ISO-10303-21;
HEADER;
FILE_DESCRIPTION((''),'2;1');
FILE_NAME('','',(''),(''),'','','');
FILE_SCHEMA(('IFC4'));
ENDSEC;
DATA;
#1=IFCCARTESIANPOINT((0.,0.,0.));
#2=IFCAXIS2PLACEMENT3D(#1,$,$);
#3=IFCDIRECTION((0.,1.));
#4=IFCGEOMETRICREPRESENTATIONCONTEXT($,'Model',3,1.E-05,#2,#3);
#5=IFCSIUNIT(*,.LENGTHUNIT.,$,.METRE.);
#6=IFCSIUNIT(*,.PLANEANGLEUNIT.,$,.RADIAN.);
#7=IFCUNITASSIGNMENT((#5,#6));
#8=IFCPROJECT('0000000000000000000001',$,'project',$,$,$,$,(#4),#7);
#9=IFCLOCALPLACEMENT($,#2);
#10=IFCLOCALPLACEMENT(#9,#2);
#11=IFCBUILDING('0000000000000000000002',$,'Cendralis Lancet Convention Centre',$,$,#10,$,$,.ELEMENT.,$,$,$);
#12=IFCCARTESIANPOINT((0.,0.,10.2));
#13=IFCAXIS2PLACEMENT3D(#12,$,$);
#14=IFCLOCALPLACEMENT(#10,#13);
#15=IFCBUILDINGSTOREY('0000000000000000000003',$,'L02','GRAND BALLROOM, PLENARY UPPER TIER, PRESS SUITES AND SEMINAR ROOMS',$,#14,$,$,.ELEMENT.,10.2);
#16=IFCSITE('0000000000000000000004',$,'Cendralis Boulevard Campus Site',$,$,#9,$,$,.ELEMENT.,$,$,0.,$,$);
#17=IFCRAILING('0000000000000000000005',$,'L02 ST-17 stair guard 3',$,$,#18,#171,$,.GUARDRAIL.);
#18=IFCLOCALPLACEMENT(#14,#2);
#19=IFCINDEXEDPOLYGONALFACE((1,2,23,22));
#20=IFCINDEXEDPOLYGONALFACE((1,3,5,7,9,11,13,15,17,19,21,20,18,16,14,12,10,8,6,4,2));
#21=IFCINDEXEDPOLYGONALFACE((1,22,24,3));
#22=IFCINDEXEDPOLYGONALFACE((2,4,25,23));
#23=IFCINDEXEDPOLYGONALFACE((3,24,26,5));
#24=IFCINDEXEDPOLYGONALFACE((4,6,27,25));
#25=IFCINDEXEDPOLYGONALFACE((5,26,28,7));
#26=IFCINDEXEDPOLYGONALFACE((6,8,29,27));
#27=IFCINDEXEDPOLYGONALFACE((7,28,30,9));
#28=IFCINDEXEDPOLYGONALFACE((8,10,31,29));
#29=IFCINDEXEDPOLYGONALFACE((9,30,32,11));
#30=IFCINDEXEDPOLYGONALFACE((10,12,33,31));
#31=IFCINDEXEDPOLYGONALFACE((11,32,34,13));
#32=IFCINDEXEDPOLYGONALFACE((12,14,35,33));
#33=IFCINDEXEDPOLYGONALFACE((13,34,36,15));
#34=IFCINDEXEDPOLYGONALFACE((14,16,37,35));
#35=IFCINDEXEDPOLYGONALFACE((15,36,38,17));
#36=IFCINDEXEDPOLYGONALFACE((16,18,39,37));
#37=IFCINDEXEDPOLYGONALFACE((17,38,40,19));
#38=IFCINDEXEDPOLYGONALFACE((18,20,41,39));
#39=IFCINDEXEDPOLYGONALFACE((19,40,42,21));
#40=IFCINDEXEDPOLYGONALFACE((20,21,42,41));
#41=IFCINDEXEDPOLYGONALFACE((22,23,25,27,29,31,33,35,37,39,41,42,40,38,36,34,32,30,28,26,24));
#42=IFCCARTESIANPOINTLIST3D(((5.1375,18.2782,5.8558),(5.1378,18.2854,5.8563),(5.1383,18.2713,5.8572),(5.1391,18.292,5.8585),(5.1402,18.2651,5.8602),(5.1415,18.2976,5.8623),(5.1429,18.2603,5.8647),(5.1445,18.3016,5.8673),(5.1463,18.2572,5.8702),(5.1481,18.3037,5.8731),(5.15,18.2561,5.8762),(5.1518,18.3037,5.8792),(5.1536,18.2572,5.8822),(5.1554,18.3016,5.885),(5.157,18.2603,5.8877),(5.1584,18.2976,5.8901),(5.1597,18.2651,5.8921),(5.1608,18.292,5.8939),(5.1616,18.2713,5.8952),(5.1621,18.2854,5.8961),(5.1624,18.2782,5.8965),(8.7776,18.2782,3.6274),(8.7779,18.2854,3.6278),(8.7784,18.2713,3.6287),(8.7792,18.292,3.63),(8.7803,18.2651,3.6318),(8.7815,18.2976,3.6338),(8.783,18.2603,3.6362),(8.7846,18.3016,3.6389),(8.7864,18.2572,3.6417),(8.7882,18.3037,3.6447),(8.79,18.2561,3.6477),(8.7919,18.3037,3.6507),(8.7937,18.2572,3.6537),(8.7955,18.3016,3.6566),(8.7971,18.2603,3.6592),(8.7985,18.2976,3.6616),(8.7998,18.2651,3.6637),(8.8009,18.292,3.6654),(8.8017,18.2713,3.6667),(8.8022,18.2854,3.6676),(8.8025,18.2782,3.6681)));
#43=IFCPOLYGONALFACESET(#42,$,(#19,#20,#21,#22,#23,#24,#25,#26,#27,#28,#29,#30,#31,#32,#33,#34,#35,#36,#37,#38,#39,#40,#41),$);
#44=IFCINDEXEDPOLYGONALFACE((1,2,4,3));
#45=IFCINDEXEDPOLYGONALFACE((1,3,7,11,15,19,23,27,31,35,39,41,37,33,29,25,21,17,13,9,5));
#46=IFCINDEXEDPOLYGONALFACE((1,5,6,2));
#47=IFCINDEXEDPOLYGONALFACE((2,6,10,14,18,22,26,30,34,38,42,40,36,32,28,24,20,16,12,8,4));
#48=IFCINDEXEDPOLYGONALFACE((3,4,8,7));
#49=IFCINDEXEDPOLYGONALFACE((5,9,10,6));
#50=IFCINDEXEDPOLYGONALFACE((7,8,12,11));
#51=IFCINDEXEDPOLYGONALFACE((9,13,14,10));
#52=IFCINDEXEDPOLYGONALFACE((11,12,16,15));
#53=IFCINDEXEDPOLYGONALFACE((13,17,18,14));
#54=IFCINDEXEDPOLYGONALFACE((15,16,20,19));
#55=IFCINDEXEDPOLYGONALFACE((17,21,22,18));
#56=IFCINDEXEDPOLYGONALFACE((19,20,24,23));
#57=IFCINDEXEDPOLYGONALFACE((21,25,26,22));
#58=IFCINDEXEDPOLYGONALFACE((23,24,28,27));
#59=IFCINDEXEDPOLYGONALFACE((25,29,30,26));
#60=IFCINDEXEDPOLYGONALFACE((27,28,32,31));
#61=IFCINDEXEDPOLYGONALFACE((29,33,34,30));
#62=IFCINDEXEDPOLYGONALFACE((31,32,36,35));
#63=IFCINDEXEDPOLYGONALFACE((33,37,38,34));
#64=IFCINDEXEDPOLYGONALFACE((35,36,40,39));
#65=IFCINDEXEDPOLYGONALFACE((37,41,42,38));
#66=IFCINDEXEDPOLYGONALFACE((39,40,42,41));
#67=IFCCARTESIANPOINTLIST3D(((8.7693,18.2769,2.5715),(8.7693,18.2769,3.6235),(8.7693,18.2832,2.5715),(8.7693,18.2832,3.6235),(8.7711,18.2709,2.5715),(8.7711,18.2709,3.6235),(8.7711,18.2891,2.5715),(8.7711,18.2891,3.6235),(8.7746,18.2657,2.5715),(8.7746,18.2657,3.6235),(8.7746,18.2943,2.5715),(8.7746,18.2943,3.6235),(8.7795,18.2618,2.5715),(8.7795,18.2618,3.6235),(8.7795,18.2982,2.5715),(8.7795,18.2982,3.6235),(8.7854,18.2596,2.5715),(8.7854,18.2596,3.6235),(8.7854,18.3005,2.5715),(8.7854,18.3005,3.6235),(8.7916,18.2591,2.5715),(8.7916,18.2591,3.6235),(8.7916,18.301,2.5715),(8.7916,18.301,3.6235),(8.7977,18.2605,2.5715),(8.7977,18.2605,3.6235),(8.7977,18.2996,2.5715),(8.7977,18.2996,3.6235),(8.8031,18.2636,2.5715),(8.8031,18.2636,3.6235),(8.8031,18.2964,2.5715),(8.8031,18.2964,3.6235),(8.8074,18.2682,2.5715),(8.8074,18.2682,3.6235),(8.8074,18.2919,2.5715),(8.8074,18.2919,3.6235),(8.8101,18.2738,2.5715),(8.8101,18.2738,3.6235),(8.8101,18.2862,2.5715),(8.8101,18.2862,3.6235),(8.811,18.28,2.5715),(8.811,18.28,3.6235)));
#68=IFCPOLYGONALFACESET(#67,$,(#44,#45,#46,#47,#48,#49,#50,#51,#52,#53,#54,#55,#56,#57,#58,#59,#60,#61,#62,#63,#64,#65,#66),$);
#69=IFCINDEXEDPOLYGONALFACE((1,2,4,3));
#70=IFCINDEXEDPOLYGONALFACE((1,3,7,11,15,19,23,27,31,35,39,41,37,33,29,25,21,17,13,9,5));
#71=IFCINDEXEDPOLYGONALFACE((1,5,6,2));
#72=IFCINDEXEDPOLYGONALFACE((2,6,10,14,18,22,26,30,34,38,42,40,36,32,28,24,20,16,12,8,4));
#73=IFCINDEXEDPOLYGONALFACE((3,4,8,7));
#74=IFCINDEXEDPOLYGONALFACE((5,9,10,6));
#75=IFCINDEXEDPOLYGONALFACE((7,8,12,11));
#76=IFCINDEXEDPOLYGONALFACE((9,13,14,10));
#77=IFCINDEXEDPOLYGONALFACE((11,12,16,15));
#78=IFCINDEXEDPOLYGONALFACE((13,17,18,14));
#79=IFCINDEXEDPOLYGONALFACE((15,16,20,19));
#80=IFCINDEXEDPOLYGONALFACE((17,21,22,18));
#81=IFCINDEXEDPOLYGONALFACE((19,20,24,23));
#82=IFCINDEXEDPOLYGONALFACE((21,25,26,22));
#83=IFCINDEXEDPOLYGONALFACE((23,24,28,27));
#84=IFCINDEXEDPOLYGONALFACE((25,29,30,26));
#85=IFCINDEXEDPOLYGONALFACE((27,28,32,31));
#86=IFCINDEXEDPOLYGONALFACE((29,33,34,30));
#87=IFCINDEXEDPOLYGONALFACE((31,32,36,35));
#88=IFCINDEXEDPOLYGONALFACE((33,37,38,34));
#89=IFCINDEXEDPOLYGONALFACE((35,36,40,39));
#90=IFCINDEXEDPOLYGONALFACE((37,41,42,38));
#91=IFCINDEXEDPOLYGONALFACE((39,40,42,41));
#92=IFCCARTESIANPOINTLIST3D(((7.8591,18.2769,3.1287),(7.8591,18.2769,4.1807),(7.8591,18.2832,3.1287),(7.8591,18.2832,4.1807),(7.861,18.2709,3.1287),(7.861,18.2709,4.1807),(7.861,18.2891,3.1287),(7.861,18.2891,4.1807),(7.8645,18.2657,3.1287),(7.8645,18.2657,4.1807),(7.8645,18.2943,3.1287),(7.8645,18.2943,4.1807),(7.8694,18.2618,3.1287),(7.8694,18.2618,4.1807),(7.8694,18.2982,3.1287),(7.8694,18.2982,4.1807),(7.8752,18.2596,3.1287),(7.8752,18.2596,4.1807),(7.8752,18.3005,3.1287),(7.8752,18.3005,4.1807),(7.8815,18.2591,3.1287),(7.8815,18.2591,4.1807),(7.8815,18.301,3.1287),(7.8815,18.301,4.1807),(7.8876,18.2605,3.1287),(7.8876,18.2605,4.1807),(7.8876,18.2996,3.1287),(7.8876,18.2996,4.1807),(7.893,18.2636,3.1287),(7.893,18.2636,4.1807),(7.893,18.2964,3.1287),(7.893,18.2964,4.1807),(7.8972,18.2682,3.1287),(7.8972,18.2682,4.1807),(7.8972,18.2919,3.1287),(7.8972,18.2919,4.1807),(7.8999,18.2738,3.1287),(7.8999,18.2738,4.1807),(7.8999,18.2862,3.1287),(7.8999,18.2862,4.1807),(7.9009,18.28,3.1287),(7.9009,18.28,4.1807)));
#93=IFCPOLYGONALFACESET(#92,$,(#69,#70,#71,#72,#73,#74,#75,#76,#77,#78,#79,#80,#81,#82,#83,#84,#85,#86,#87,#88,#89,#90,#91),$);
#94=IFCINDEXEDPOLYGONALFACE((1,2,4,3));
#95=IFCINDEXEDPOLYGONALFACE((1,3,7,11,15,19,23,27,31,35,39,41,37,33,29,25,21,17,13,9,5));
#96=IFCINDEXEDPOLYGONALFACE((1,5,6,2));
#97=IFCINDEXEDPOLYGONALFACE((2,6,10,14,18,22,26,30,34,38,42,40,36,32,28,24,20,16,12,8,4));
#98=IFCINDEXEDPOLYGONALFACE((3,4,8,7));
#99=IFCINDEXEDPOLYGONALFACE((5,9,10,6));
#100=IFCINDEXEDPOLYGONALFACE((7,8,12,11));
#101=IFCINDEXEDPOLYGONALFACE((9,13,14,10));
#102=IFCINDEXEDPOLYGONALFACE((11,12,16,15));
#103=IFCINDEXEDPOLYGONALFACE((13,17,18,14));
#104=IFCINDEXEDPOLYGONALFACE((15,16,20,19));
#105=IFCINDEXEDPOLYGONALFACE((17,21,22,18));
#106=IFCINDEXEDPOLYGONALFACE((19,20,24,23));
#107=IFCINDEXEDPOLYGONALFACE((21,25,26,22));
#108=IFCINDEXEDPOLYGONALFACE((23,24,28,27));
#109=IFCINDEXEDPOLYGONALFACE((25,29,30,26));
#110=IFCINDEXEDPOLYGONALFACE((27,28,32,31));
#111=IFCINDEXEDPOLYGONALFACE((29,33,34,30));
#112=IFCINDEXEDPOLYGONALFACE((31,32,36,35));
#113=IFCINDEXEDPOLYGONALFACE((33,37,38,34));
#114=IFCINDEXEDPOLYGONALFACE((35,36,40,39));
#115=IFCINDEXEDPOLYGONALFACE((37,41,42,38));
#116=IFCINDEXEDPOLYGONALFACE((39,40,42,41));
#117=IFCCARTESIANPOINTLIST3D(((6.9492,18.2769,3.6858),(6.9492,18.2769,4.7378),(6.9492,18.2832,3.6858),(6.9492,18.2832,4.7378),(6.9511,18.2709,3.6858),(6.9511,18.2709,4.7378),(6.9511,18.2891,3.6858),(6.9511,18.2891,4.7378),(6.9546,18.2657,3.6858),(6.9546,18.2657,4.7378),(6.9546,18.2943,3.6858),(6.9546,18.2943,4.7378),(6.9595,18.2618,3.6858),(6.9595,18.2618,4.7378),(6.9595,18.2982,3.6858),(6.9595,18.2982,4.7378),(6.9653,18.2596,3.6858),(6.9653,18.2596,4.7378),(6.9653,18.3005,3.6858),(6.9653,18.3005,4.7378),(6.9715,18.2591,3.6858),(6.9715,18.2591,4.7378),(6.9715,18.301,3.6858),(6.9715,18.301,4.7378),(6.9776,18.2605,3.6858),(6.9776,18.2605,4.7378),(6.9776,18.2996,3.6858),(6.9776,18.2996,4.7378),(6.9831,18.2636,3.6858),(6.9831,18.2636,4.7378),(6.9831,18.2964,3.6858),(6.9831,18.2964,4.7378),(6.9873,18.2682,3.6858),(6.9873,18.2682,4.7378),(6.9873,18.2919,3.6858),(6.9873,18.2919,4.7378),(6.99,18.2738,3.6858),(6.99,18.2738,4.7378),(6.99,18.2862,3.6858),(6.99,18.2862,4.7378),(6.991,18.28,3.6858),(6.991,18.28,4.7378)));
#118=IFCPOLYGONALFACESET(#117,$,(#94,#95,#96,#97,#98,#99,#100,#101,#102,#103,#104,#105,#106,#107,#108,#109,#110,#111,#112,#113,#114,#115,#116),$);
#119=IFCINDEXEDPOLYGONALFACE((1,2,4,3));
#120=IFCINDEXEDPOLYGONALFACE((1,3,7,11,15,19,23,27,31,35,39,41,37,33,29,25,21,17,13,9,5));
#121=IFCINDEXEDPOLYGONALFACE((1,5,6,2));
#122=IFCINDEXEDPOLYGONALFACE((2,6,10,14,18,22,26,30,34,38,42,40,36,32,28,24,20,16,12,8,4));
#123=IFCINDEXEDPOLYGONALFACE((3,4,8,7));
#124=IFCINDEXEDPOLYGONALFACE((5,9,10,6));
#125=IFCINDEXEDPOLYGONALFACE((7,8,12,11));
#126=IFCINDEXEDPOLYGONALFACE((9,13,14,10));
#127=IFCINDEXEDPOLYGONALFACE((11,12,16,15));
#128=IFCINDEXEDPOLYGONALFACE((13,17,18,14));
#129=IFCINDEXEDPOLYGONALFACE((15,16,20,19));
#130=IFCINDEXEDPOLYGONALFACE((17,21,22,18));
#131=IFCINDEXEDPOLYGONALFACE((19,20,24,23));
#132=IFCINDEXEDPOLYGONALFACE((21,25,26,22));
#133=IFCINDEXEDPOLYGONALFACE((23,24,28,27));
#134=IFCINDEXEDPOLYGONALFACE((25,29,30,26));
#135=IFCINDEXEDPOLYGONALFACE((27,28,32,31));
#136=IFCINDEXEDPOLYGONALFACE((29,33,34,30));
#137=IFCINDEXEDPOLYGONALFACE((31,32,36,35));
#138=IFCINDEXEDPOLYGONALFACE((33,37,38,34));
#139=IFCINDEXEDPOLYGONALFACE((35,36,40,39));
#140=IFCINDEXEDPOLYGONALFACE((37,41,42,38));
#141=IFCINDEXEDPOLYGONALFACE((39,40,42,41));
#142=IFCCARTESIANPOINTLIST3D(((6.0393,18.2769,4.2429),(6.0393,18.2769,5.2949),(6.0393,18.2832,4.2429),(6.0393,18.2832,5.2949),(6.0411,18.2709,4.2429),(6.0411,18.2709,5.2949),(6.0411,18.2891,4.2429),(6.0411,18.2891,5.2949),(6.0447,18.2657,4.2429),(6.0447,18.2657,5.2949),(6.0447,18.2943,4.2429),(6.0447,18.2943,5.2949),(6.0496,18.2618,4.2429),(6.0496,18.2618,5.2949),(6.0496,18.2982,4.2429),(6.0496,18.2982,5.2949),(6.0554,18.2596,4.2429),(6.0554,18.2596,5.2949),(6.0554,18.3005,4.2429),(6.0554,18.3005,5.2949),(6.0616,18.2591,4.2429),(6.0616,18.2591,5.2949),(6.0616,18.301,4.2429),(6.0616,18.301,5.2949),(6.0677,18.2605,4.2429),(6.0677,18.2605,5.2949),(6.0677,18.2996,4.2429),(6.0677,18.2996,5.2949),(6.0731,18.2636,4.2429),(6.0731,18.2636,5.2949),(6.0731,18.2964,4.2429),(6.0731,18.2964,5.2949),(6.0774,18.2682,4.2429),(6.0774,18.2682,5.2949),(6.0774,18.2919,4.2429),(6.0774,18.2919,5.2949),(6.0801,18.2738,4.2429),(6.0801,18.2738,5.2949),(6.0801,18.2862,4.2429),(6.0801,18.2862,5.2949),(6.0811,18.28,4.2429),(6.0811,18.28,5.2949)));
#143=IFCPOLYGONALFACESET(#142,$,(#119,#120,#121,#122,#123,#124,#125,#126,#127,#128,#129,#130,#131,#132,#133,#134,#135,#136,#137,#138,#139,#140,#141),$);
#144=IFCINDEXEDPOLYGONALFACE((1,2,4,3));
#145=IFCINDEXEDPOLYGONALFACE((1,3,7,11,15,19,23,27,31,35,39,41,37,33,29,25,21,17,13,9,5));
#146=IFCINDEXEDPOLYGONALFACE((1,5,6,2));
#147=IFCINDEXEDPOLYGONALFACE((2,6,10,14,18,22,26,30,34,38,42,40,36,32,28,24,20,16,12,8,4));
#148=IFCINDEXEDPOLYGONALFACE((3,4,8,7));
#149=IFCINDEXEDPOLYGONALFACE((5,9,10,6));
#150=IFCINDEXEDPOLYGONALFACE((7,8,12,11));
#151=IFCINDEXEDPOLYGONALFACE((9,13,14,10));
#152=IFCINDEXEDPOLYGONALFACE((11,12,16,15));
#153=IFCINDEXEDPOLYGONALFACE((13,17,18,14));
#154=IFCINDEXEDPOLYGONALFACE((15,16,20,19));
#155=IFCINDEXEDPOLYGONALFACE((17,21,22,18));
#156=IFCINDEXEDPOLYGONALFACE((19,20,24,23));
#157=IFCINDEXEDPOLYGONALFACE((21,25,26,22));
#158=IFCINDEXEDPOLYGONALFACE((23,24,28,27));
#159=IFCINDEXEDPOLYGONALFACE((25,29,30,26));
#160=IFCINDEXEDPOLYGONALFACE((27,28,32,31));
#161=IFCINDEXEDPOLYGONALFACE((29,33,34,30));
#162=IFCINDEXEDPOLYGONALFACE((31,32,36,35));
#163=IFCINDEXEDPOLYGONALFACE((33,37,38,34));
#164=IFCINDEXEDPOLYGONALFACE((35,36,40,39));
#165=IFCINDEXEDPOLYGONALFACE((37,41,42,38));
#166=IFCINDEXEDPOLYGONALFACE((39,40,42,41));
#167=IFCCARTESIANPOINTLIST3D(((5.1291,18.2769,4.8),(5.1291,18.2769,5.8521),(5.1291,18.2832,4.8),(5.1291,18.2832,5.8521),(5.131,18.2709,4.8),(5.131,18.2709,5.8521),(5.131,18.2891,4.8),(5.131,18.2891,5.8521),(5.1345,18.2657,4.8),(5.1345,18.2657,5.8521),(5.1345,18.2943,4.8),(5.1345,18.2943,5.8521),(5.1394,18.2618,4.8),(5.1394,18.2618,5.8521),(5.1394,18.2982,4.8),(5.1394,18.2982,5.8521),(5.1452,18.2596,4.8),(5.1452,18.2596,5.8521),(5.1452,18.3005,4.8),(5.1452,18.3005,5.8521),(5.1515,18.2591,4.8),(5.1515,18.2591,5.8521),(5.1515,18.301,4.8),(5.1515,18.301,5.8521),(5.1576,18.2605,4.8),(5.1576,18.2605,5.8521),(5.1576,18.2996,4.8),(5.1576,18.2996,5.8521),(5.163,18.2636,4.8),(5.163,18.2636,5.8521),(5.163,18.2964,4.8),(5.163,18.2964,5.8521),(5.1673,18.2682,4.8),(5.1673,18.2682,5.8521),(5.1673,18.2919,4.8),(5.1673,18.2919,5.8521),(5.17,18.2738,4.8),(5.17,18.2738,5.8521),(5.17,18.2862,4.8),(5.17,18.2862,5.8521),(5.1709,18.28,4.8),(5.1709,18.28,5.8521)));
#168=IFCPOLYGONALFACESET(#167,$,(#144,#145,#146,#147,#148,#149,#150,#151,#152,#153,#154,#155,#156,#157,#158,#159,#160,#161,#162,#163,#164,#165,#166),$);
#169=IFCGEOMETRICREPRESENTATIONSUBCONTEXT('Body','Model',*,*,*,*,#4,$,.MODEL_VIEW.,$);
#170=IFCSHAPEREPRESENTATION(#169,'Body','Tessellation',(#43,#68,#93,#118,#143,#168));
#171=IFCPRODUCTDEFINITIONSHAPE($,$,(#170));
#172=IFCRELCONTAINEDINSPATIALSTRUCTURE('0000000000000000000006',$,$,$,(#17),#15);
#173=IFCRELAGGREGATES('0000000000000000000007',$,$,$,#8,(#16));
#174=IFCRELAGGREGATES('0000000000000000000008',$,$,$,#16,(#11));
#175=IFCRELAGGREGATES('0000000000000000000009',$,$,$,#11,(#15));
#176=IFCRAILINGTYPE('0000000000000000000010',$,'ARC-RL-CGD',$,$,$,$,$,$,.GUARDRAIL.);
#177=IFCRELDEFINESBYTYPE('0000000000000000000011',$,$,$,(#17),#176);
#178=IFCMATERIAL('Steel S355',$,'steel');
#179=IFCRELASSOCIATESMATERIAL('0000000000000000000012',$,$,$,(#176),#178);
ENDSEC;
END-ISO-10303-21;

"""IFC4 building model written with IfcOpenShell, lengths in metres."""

from ifc_helpers import new_model, si_unit, direction, frame, origin, origin_2d, place, context, subcontext, project, spatial, circle, extrude, material, type_object, element, save


model = new_model("IFC4")

# Units and contexts
model_context = context("Model", 3, precision=1e-05, world=origin(), true_north=direction((0.0, 1.0)))
body_context = subcontext(model_context, "Body", "Model", "MODEL_VIEW")
ifc_project = project(units=[si_unit("LENGTHUNIT", "METRE"), si_unit("PLANEANGLEUNIT", "RADIAN")], contexts=[model_context])

# Site, building, storey
site_placement = place(None, origin())
site = spatial("IfcSite", under=ifc_project, at=site_placement, Name="Cendralis Boulevard Campus Site", CompositionType="ELEMENT", RefElevation=0.0)
building_placement = place(site_placement, origin())
building = spatial("IfcBuilding", under=site, at=building_placement, Name="Cendralis Lancet Convention Centre", CompositionType="ELEMENT")
storey_placement = place(building_placement, frame((0.0, 0.0, 10.2)))
storey = spatial("IfcBuildingStorey", under=building, at=storey_placement, Name="L02", Description="GRAND BALLROOM, PLENARY UPPER TIER, PRESS SUITES AND SEMINAR ROOMS", CompositionType="ELEMENT", Elevation=10.2)

# Shared definitions
ifc_material_1 = material(Name="Steel S355", Category="steel")

# Railing
railing_type_1 = type_object("IfcRailingType", Name="ARC-RL-CGD", PredefinedType="GUARDRAIL", material=ifc_material_1)
railing_1_placement = place(storey_placement, frame((8.79, 18.28, 2.5715)))
element("IfcRailing", 1, at=railing_1_placement, inside=storey, type_object=railing_type_1, Name="L02 ST-17 stair guard 3", PredefinedType="GUARDRAIL", context=body_context, shape_type="SweptSolid", body=[
    extrude(circle(Radius=0.0239, at=origin_2d()), frame((0.0, 0.0, 1.0762), z_axis=(-0.852866, 0.0, 0.52213), x_axis=(0.0, -1.0, 0.0)), (0.0, 0.0, 1.0), 4.2681),
    extrude(circle(Radius=0.021, at=origin_2d()), origin(), (0.0, 0.0, 1.0), 1.052),
    extrude(circle(Radius=0.021, at=origin_2d()), frame((-0.9102, 0.0, 0.5571)), (0.0, 0.0, 1.0), 1.052),
    extrude(circle(Radius=0.021, at=origin_2d()), frame((-1.8201, 0.0, 1.1143)), (0.0, 0.0, 1.0), 1.052),
    extrude(circle(Radius=0.021, at=origin_2d()), frame((-2.73, 0.0, 1.6714)), (0.0, 0.0, 1.0), 1.052),
    extrude(circle(Radius=0.021, at=origin_2d()), frame((-3.6401, 0.0, 2.2285)), (0.0, 0.0, 1.0), 1.052),
])

save(model, "model.ifc")
